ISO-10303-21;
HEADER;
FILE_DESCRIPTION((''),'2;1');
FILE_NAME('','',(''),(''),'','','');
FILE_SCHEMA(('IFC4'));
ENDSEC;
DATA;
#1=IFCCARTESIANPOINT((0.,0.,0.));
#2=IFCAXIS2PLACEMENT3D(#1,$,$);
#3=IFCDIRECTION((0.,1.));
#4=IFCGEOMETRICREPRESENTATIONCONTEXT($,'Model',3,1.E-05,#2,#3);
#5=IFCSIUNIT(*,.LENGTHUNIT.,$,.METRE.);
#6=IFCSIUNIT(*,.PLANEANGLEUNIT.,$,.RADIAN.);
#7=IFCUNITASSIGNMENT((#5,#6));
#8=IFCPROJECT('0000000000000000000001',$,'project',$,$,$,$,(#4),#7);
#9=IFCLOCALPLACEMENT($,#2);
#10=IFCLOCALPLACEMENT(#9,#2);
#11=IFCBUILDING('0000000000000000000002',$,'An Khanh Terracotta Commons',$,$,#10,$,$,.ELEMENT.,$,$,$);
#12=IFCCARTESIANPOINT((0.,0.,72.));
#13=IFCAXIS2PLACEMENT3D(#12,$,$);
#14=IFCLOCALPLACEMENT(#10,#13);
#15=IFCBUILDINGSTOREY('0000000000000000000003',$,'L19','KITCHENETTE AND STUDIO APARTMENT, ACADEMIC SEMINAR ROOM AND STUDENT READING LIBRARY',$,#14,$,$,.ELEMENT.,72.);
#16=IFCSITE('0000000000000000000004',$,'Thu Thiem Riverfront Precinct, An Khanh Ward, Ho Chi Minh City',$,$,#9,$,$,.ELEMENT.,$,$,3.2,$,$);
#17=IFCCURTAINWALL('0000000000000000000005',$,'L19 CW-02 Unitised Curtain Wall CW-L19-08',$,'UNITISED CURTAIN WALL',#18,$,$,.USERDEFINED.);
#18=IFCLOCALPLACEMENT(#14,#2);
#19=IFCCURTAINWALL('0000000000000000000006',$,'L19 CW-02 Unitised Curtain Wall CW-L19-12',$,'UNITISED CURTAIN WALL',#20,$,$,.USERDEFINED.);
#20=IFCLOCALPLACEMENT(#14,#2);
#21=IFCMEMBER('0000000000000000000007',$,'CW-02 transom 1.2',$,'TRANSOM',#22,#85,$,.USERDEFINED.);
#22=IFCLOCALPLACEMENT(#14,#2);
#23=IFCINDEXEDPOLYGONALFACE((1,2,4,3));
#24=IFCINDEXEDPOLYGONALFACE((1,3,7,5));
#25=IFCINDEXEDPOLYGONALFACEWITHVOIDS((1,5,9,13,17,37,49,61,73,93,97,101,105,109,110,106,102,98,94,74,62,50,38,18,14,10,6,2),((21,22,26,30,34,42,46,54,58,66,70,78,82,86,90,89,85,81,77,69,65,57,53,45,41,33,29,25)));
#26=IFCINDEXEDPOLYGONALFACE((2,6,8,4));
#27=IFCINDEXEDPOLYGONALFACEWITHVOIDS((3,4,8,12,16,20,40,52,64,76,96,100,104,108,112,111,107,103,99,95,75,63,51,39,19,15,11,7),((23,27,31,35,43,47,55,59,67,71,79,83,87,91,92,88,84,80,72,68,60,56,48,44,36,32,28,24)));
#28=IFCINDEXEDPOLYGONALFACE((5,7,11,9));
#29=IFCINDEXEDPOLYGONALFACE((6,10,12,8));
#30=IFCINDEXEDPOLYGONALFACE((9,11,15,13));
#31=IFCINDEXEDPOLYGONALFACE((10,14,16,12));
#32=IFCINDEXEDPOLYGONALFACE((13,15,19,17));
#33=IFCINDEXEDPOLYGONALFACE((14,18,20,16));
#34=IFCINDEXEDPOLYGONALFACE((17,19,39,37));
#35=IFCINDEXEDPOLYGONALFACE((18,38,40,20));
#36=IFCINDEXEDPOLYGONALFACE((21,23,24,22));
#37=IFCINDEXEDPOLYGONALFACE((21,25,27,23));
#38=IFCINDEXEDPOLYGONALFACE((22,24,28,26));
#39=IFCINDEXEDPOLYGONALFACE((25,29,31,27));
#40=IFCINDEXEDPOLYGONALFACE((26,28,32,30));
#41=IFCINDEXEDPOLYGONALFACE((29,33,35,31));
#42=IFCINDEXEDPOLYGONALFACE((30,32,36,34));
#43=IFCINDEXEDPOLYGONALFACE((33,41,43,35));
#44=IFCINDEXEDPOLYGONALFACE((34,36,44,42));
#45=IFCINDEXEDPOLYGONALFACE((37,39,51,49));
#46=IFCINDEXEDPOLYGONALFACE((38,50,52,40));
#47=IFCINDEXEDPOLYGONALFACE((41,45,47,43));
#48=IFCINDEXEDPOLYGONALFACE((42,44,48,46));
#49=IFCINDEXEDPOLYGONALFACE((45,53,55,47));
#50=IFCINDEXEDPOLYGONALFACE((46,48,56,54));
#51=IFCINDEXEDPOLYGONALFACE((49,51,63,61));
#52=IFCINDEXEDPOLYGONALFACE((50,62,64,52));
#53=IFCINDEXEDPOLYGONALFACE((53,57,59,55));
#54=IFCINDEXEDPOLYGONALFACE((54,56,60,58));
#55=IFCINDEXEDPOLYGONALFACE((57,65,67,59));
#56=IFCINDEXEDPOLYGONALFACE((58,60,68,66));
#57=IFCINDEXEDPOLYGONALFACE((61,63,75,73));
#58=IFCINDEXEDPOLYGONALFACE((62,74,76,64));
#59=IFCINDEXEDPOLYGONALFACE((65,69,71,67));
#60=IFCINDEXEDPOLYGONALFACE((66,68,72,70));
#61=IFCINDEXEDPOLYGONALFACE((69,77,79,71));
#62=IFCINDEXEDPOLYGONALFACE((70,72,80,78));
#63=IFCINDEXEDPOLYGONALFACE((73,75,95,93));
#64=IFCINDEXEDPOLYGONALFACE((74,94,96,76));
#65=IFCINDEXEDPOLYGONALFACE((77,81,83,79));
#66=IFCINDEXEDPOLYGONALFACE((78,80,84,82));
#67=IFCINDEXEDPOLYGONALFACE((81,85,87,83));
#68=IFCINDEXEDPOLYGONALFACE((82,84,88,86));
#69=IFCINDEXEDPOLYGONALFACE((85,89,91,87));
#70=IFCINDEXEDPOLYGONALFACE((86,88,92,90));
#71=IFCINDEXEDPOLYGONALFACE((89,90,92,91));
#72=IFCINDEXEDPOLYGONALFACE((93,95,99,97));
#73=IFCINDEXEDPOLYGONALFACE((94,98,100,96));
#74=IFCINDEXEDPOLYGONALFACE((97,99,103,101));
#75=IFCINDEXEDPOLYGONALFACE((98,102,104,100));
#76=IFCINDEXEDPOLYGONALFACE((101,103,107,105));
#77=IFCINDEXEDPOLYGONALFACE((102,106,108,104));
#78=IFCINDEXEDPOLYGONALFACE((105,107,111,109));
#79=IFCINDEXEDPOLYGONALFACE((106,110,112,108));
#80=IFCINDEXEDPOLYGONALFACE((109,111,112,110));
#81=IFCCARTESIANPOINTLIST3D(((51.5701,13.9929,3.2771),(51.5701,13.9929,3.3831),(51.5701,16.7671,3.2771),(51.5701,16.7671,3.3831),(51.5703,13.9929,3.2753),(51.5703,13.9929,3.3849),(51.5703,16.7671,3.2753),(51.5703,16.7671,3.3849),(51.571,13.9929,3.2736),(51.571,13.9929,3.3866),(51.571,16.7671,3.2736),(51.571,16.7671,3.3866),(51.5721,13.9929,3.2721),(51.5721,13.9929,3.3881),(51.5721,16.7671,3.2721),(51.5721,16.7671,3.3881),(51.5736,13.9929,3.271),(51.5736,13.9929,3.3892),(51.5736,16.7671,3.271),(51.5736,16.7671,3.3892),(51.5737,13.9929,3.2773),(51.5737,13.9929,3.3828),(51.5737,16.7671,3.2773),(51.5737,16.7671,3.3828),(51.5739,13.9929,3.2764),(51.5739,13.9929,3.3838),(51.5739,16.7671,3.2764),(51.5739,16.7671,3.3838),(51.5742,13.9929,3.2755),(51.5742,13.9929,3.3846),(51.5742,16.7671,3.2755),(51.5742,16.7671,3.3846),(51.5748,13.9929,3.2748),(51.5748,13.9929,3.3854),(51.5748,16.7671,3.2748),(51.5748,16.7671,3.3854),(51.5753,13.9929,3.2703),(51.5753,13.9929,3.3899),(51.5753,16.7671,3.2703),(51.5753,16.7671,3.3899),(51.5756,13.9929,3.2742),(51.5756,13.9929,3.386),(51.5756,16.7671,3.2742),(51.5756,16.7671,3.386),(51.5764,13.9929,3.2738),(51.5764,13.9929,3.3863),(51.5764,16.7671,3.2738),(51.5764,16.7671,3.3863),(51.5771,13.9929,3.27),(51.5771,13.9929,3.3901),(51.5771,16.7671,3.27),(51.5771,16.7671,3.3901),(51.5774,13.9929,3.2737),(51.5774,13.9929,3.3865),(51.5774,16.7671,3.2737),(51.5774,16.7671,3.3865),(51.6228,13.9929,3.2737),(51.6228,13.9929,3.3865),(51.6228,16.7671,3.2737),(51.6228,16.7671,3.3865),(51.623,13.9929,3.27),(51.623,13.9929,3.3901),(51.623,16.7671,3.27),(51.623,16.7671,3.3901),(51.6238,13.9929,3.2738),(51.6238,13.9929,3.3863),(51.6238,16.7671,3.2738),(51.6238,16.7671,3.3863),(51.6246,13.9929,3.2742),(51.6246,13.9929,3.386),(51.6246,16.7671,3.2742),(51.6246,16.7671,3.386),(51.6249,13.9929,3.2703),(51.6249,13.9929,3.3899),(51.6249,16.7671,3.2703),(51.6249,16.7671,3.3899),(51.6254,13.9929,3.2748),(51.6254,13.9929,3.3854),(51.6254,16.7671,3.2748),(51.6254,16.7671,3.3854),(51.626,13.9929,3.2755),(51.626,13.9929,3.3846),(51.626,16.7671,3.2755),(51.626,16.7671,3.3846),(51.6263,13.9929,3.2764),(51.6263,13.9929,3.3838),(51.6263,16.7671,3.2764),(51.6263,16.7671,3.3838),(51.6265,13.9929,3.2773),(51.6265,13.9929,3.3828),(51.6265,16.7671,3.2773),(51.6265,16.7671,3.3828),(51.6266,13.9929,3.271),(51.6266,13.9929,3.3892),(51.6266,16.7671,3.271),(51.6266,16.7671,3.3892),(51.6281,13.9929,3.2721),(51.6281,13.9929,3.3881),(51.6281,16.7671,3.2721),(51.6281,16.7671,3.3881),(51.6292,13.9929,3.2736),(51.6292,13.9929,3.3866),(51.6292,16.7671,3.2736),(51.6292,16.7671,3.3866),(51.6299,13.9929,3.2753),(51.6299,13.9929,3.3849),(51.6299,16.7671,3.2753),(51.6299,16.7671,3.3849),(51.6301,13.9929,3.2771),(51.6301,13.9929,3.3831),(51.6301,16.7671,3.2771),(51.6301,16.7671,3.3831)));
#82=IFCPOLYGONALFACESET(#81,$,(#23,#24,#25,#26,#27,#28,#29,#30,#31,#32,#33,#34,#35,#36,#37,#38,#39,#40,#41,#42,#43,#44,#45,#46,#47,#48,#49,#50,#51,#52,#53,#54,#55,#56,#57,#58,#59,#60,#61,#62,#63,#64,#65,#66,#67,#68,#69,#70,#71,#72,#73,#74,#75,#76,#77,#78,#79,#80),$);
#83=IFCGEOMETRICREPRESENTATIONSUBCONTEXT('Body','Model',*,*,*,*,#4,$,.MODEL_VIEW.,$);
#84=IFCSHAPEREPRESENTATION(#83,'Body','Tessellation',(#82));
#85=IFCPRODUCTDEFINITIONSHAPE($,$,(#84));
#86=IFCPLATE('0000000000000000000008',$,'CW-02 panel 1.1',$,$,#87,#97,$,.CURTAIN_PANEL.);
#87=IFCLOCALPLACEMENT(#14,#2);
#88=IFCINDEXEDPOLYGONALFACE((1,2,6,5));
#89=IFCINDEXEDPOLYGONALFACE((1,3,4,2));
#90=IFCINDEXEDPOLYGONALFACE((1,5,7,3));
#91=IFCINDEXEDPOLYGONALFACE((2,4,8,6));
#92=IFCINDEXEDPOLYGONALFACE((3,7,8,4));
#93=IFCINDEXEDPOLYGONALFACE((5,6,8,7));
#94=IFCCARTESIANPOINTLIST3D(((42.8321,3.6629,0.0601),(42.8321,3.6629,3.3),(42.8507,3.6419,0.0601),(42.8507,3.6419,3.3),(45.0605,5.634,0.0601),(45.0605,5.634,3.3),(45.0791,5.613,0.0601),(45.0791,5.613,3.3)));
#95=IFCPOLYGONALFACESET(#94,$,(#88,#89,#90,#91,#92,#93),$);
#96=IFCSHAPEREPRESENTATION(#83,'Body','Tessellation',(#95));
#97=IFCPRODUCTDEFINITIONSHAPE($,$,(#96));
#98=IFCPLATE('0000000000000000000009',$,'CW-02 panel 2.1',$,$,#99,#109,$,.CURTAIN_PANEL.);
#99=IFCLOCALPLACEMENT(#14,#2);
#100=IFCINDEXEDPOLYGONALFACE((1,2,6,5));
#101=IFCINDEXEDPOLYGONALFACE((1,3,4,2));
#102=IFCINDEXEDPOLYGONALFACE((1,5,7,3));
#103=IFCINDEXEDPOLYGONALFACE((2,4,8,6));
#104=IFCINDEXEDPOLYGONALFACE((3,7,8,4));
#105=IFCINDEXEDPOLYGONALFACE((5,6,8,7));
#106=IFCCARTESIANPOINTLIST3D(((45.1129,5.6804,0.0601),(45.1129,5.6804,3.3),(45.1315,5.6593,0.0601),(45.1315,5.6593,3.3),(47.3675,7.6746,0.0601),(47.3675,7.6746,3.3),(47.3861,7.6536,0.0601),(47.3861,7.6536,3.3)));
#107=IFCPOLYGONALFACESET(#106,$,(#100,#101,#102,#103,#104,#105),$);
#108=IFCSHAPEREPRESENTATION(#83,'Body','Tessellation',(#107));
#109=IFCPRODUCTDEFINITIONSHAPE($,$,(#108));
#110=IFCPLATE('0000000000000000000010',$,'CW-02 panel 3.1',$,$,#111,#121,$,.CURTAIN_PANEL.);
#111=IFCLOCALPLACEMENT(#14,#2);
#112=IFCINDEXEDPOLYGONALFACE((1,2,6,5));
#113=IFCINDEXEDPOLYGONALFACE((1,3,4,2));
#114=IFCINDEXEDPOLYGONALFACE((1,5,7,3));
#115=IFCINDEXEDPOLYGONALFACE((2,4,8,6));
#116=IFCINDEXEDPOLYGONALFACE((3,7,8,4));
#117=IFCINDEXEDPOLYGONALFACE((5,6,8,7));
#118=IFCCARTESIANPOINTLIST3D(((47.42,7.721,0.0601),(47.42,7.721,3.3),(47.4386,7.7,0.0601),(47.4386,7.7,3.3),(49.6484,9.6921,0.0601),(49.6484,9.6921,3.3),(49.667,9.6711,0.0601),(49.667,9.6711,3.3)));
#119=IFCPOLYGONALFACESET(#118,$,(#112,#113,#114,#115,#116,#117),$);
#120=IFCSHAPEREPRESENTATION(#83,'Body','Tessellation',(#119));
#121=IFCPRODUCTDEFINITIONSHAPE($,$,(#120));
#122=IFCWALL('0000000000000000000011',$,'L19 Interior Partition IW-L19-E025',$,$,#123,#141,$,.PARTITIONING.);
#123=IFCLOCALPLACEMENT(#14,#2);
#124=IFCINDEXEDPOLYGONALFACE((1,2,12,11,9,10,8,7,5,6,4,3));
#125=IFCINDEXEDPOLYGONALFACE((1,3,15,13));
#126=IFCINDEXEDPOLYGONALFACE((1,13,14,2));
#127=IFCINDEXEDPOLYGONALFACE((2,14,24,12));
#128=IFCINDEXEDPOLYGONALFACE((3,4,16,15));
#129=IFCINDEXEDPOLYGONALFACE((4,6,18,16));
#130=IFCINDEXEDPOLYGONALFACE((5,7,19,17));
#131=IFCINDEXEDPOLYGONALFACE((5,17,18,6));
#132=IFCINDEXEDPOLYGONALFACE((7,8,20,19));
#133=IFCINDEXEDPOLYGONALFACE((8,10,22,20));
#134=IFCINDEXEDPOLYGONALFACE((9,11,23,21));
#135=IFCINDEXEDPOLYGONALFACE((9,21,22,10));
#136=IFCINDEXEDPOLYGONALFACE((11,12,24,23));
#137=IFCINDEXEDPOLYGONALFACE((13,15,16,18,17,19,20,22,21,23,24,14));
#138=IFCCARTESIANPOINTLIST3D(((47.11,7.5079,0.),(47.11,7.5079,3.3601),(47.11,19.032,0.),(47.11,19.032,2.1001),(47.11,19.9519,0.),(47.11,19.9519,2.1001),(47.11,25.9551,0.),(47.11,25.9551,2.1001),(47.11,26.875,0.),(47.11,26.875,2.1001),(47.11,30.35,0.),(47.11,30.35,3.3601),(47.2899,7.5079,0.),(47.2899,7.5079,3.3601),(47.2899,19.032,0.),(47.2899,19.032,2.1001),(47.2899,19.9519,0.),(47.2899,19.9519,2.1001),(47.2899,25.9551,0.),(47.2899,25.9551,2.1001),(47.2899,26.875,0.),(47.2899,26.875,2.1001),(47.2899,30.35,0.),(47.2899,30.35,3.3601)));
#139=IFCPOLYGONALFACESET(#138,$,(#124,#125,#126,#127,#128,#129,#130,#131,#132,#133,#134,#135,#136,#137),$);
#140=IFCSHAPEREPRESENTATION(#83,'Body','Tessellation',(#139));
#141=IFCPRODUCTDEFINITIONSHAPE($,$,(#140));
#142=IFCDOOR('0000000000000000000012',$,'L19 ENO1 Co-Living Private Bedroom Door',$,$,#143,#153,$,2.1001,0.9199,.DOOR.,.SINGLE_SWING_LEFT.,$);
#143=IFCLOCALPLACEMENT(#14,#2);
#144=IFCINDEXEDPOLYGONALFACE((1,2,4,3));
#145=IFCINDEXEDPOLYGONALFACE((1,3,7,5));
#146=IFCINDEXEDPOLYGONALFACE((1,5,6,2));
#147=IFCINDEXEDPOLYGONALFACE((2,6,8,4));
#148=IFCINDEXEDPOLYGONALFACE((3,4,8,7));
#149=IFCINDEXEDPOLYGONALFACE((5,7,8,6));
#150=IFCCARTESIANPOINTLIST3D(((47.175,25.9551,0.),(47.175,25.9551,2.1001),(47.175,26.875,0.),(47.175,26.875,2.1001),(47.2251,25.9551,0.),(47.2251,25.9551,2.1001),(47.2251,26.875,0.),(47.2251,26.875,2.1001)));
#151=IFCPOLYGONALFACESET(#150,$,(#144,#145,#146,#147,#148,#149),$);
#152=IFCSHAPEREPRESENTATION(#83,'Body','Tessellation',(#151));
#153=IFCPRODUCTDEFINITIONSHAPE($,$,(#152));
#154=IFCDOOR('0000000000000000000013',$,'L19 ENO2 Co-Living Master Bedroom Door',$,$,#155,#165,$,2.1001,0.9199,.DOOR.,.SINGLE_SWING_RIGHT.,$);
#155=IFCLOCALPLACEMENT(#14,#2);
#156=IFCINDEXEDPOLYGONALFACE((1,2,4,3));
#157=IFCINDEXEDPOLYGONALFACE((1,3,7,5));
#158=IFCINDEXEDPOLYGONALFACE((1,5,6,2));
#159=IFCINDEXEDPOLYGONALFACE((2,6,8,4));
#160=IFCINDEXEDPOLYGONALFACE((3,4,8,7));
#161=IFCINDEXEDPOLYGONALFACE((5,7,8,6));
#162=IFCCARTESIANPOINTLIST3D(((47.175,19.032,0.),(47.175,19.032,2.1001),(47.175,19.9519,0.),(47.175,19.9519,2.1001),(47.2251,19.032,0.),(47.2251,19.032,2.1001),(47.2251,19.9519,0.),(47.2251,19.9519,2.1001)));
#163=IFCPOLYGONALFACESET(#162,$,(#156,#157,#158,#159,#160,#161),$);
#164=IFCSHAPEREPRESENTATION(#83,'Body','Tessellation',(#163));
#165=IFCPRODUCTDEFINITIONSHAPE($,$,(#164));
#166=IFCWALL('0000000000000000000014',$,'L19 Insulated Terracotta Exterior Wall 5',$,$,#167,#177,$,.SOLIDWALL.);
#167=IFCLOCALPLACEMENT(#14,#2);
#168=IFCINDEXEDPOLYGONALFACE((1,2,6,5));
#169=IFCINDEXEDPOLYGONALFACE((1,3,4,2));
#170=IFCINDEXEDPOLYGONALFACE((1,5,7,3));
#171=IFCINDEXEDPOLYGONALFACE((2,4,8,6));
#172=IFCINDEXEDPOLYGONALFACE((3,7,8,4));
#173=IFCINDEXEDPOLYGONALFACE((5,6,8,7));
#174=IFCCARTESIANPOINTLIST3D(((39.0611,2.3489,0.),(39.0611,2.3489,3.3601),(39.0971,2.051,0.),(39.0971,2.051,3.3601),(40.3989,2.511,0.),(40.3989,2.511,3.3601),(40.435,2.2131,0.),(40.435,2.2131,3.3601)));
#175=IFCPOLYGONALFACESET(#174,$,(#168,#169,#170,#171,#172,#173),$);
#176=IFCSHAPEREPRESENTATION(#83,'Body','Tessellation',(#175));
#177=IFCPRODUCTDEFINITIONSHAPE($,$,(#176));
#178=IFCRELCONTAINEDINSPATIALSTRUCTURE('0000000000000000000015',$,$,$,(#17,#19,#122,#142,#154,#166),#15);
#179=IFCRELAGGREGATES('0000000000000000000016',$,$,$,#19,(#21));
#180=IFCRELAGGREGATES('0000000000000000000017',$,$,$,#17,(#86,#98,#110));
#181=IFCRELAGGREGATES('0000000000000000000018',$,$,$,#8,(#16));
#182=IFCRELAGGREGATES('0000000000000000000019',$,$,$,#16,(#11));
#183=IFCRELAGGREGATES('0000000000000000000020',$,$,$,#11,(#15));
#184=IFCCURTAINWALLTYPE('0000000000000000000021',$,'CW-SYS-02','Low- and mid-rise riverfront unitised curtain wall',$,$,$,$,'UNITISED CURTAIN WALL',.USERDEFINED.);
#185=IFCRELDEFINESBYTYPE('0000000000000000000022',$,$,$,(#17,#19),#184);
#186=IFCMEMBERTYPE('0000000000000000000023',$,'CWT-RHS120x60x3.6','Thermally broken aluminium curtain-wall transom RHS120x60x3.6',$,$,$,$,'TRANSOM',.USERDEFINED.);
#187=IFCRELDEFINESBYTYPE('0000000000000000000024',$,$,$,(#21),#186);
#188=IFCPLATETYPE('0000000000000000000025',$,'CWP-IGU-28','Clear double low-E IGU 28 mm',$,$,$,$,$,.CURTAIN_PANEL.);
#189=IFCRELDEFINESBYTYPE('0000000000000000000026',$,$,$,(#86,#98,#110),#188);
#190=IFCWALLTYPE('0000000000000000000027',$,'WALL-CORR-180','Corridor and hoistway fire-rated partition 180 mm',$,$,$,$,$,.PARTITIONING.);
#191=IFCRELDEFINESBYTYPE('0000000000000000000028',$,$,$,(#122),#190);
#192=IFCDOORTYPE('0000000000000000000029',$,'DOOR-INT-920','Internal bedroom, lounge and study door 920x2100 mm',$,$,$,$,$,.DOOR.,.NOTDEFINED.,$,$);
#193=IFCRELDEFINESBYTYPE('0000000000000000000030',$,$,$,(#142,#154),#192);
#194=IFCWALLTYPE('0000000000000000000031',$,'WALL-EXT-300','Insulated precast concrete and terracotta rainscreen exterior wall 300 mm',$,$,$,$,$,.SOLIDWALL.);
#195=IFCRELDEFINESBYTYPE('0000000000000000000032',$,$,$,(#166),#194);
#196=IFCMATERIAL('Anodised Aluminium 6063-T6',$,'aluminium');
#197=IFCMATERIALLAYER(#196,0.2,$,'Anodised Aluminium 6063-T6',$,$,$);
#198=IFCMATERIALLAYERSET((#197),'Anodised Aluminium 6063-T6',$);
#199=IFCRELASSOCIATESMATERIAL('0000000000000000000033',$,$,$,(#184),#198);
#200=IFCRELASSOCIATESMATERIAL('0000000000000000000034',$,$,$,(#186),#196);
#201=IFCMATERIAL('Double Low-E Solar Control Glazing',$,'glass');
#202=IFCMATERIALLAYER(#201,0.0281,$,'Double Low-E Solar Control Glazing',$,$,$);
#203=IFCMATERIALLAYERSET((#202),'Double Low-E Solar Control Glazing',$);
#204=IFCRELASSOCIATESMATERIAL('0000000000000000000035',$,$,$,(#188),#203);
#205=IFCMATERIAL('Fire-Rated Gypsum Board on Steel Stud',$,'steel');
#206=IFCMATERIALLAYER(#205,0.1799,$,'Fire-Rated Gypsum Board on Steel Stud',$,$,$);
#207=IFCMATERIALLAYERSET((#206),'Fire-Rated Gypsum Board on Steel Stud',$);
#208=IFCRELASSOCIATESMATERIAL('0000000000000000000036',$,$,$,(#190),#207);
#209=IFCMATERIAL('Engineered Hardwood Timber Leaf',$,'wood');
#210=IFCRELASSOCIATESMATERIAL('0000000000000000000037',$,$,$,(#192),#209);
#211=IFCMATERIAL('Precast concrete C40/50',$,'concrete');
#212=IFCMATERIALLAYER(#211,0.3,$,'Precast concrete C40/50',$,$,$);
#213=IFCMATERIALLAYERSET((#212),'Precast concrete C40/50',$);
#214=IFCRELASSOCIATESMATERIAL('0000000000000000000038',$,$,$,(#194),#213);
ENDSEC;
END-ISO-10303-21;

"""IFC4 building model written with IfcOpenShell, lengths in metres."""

from ifc_helpers import new_model, si_unit, direction, frame, frame_2d, origin, origin_2d, place, context, subcontext, project, spatial, rectangle, hollow_rectangle, extrude, material, layer, layer_set, material_profile, profile_set, type_object, element, fill, aggregate, save


model = new_model("IFC4")

# Units and contexts
model_context = context("Model", 3, precision=1e-05, world=origin(), true_north=direction((0.0, 1.0)))
body_context = subcontext(model_context, "Body", "Model", "MODEL_VIEW")
ifc_project = project(units=[si_unit("LENGTHUNIT", "METRE"), si_unit("PLANEANGLEUNIT", "RADIAN")], contexts=[model_context])

# Site, building, storey
site_placement = place(None, origin())
site = spatial("IfcSite", under=ifc_project, at=site_placement, Name="Thu Thiem Riverfront Precinct, An Khanh Ward, Ho Chi Minh City", CompositionType="ELEMENT", RefElevation=3.2)
building_placement = place(site_placement, origin())
building = spatial("IfcBuilding", under=site, at=building_placement, Name="An Khanh Terracotta Commons", CompositionType="ELEMENT")
storey_placement = place(building_placement, frame((0.0, 0.0, 72.0)))
storey = spatial("IfcBuildingStorey", under=building, at=storey_placement, Name="L19", Description="KITCHENETTE AND STUDIO APARTMENT, ACADEMIC SEMINAR ROOM AND STUDENT READING LIBRARY", CompositionType="ELEMENT", Elevation=72.0)

# Curtain wall
ifc_material_1 = material(Name="Anodised Aluminium 6063-T6", Category="aluminium")
ifc_layer_1 = layer(ifc_material_1, 0.2, Name="Anodised Aluminium 6063-T6")
ifc_layer_set_1 = layer_set([ifc_layer_1], Name="Anodised Aluminium 6063-T6")
curtain_wall_type = type_object("IfcCurtainWallType", Name="CW-SYS-02", Description="Low- and mid-rise riverfront unitised curtain wall", ElementType="UNITISED CURTAIN WALL", PredefinedType="USERDEFINED", material=ifc_layer_set_1)
curtain_wall_1_placement = place(storey_placement, origin())
curtain_wall_1 = element("IfcCurtainWall", 1, at=curtain_wall_1_placement, inside=storey, type_object=curtain_wall_type, Name="L19 CW-02 Unitised Curtain Wall CW-L19-08", ObjectType="UNITISED CURTAIN WALL", PredefinedType="USERDEFINED")

# Curtain wall
curtain_wall_2_placement = place(storey_placement, origin())
curtain_wall_2 = element("IfcCurtainWall", 2, at=curtain_wall_2_placement, inside=storey, type_object=curtain_wall_type, Name="L19 CW-02 Unitised Curtain Wall CW-L19-12", ObjectType="UNITISED CURTAIN WALL", PredefinedType="USERDEFINED")

# Member
ifc_material_profile_1 = material_profile(ifc_material_1, hollow_rectangle(XDim=0.0601, YDim=0.1201, WallThickness=0.0037, InnerFilletRadius=0.0037, OuterFilletRadius=0.0071, at=origin_2d()), Name="RHS120x60x3.6")
ifc_profile_set_1 = profile_set([ifc_material_profile_1], Name="Anodised Aluminium 6063-T6")
member_type_1 = type_object("IfcMemberType", Name="CWT-RHS120x60x3.6", Description="Thermally broken aluminium curtain-wall transom RHS120x60x3.6", ElementType="TRANSOM", PredefinedType="USERDEFINED", material=ifc_profile_set_1)
member_1_placement = place(storey_placement, frame((51.6001, 13.9929, 3.3301), z_axis=(0.0, 1.0, 0.0), x_axis=(-1.0, 0.0, 0.0)))
member_1 = element("IfcMember", 3, at=member_1_placement, type_object=member_type_1, Name="CW-02 transom 1.2", ObjectType="TRANSOM", PredefinedType="USERDEFINED", context=body_context, shape_type="SweptSolid", body=[
    extrude(hollow_rectangle(XDim=0.0601, YDim=0.1201, WallThickness=0.0037, InnerFilletRadius=0.0037, OuterFilletRadius=0.0071, at=origin_2d()), origin(), (0.0, 0.0, 1.0), 2.7742),
])
aggregate(curtain_wall_2, [member_1])

# Plates
ifc_material_2 = material(Name="Double Low-E Solar Control Glazing", Category="glass")
ifc_layer_2 = layer(ifc_material_2, 0.0281, Name="Double Low-E Solar Control Glazing")
ifc_layer_set_2 = layer_set([ifc_layer_2], Name="Double Low-E Solar Control Glazing")
plate_type = type_object("IfcPlateType", Name="CWP-IGU-28", Description="Clear double low-E IGU 28 mm", PredefinedType="CURTAIN_PANEL", material=ifc_layer_set_2)
plate_1_placement = place(storey_placement, frame((43.9556, 4.6379, 0.0601), z_axis=(0.0, 0.0, 1.0), x_axis=(0.749019, 0.662548, 0.0)))
plate_1 = element("IfcPlate", 4, at=plate_1_placement, type_object=plate_type, Name="CW-02 panel 1.1", PredefinedType="CURTAIN_PANEL", context=body_context, shape_type="SweptSolid", body=[
    extrude(rectangle(XDim=2.9751, YDim=0.0281, at=origin_2d()), origin(), (0.0, 0.0, 1.0), 3.24),
])
plate_2_placement = place(storey_placement, frame((46.2495, 6.667, 0.0601), z_axis=(0.0, 0.0, 1.0), x_axis=(0.749019, 0.662548, 0.0)))
plate_2 = element("IfcPlate", 5, at=plate_2_placement, type_object=plate_type, Name="CW-02 panel 2.1", PredefinedType="CURTAIN_PANEL", context=body_context, shape_type="SweptSolid", body=[
    extrude(rectangle(XDim=3.01, YDim=0.0281, at=origin_2d()), origin(), (0.0, 0.0, 1.0), 3.24),
])
plate_3_placement = place(storey_placement, frame((48.5435, 8.696, 0.0601), z_axis=(0.0, 0.0, 1.0), x_axis=(0.749019, 0.662548, 0.0)))
plate_3 = element("IfcPlate", 6, at=plate_3_placement, type_object=plate_type, Name="CW-02 panel 3.1", PredefinedType="CURTAIN_PANEL", context=body_context, shape_type="SweptSolid", body=[
    extrude(rectangle(XDim=2.9751, YDim=0.0281, at=origin_2d()), origin(), (0.0, 0.0, 1.0), 3.24),
])
aggregate(curtain_wall_1, [plate_1, plate_2, plate_3])

# Wall, openings, doors
ifc_material_3 = material(Name="Fire-Rated Gypsum Board on Steel Stud", Category="steel")
ifc_layer_3 = layer(ifc_material_3, 0.1799, Name="Fire-Rated Gypsum Board on Steel Stud")
ifc_layer_set_3 = layer_set([ifc_layer_3], Name="Fire-Rated Gypsum Board on Steel Stud")
wall_type_1 = type_object("IfcWallType", Name="WALL-CORR-180", Description="Corridor and hoistway fire-rated partition 180 mm", PredefinedType="PARTITIONING", material=ifc_layer_set_3)
wall_1_placement = place(storey_placement, frame((47.2, 7.5081, 0.0), z_axis=(0.0, 0.0, 1.0), x_axis=(0.0, 1.0, 0.0)))
wall_1 = element("IfcWall", 7, at=wall_1_placement, inside=storey, type_object=wall_type_1, Name="L19 Interior Partition IW-L19-E025", PredefinedType="PARTITIONING", context=body_context, shape_type="SweptSolid", body=[
    extrude(rectangle(XDim=22.842, YDim=0.1799, at=frame_2d((11.4209, 0.0))), origin(), (0.0, 0.0, 1.0), 3.3601),
])
opening_1_placement = place(wall_1_placement, frame((18.447, 0.0, 0.0)))
opening_1 = element("IfcOpeningElement", 8, at=opening_1_placement, cuts=wall_1, PredefinedType="OPENING", context=body_context, shape_type="SweptSolid", body=[
    extrude(rectangle(XDim=0.9199, YDim=2.1001, at=frame_2d((0.46, 1.05))), frame((0.0, 0.0999, 0.0), z_axis=(0.0, -1.0, 0.0), x_axis=(1.0, 0.0, 0.0)), (0.0, 0.0, 1.0), 0.2),
])
opening_2_placement = place(wall_1_placement, frame((11.5239, 0.0, 0.0)))
opening_2 = element("IfcOpeningElement", 9, at=opening_2_placement, cuts=wall_1, PredefinedType="OPENING", context=body_context, shape_type="SweptSolid", body=[
    extrude(rectangle(XDim=0.9199, YDim=2.1001, at=frame_2d((0.46, 1.05))), frame((0.0, 0.0999, 0.0), z_axis=(0.0, -1.0, 0.0), x_axis=(1.0, 0.0, 0.0)), (0.0, 0.0, 1.0), 0.2),
])
ifc_material_4 = material(Name="Engineered Hardwood Timber Leaf", Category="wood")
door_type = type_object("IfcDoorType", Name="DOOR-INT-920", Description="Internal bedroom, lounge and study door 920x2100 mm", OperationType="NOTDEFINED", PredefinedType="DOOR", material=ifc_material_4)
door_1_placement = place(opening_1_placement, origin())
door_1 = element("IfcDoor", 10, at=door_1_placement, inside=storey, type_object=door_type, Name="L19 ENO1 Co-Living Private Bedroom Door", OperationType="SINGLE_SWING_LEFT", OverallHeight=2.1001, OverallWidth=0.9199, PredefinedType="DOOR", context=body_context, shape_type="SweptSolid", body=[
    extrude(rectangle(XDim=0.9199, YDim=2.1001, at=frame_2d((0.46, 1.05))), frame((0.0, 0.0249, 0.0), z_axis=(0.0, -1.0, 0.0), x_axis=(1.0, 0.0, 0.0)), (0.0, 0.0, 1.0), 0.05),
])
fill(opening_1, door_1)
door_2_placement = place(opening_2_placement, origin())
door_2 = element("IfcDoor", 11, at=door_2_placement, inside=storey, type_object=door_type, Name="L19 ENO2 Co-Living Master Bedroom Door", OperationType="SINGLE_SWING_RIGHT", OverallHeight=2.1001, OverallWidth=0.9199, PredefinedType="DOOR", context=body_context, shape_type="SweptSolid", body=[
    extrude(rectangle(XDim=0.9199, YDim=2.1001, at=frame_2d((0.46, 1.05))), frame((0.0, 0.0249, 0.0), z_axis=(0.0, -1.0, 0.0), x_axis=(1.0, 0.0, 0.0)), (0.0, 0.0, 1.0), 0.05),
])
fill(opening_2, door_2)

# Wall
ifc_material_5 = material(Name="Precast concrete C40/50", Category="concrete")
ifc_layer_4 = layer(ifc_material_5, 0.3, Name="Precast concrete C40/50")
ifc_layer_set_4 = layer_set([ifc_layer_4], Name="Precast concrete C40/50")
wall_type_2 = type_object("IfcWallType", Name="WALL-EXT-300", Description="Insulated precast concrete and terracotta rainscreen exterior wall 300 mm", PredefinedType="SOLIDWALL", material=ifc_layer_set_4)
wall_2_placement = place(storey_placement, frame((39.0791, 2.2, 0.0), z_axis=(0.0, 0.0, 1.0), x_axis=(0.992739, 0.120288, 0.0)))
element("IfcWall", 12, at=wall_2_placement, inside=storey, type_object=wall_type_2, Name="L19 Insulated Terracotta Exterior Wall 5", PredefinedType="SOLIDWALL", context=body_context, shape_type="SweptSolid", body=[
    extrude(rectangle(XDim=1.3477, YDim=0.3, at=frame_2d((0.6738, 0.0))), origin(), (0.0, 0.0, 1.0), 3.3601),
])

save(model, "model.ifc")
